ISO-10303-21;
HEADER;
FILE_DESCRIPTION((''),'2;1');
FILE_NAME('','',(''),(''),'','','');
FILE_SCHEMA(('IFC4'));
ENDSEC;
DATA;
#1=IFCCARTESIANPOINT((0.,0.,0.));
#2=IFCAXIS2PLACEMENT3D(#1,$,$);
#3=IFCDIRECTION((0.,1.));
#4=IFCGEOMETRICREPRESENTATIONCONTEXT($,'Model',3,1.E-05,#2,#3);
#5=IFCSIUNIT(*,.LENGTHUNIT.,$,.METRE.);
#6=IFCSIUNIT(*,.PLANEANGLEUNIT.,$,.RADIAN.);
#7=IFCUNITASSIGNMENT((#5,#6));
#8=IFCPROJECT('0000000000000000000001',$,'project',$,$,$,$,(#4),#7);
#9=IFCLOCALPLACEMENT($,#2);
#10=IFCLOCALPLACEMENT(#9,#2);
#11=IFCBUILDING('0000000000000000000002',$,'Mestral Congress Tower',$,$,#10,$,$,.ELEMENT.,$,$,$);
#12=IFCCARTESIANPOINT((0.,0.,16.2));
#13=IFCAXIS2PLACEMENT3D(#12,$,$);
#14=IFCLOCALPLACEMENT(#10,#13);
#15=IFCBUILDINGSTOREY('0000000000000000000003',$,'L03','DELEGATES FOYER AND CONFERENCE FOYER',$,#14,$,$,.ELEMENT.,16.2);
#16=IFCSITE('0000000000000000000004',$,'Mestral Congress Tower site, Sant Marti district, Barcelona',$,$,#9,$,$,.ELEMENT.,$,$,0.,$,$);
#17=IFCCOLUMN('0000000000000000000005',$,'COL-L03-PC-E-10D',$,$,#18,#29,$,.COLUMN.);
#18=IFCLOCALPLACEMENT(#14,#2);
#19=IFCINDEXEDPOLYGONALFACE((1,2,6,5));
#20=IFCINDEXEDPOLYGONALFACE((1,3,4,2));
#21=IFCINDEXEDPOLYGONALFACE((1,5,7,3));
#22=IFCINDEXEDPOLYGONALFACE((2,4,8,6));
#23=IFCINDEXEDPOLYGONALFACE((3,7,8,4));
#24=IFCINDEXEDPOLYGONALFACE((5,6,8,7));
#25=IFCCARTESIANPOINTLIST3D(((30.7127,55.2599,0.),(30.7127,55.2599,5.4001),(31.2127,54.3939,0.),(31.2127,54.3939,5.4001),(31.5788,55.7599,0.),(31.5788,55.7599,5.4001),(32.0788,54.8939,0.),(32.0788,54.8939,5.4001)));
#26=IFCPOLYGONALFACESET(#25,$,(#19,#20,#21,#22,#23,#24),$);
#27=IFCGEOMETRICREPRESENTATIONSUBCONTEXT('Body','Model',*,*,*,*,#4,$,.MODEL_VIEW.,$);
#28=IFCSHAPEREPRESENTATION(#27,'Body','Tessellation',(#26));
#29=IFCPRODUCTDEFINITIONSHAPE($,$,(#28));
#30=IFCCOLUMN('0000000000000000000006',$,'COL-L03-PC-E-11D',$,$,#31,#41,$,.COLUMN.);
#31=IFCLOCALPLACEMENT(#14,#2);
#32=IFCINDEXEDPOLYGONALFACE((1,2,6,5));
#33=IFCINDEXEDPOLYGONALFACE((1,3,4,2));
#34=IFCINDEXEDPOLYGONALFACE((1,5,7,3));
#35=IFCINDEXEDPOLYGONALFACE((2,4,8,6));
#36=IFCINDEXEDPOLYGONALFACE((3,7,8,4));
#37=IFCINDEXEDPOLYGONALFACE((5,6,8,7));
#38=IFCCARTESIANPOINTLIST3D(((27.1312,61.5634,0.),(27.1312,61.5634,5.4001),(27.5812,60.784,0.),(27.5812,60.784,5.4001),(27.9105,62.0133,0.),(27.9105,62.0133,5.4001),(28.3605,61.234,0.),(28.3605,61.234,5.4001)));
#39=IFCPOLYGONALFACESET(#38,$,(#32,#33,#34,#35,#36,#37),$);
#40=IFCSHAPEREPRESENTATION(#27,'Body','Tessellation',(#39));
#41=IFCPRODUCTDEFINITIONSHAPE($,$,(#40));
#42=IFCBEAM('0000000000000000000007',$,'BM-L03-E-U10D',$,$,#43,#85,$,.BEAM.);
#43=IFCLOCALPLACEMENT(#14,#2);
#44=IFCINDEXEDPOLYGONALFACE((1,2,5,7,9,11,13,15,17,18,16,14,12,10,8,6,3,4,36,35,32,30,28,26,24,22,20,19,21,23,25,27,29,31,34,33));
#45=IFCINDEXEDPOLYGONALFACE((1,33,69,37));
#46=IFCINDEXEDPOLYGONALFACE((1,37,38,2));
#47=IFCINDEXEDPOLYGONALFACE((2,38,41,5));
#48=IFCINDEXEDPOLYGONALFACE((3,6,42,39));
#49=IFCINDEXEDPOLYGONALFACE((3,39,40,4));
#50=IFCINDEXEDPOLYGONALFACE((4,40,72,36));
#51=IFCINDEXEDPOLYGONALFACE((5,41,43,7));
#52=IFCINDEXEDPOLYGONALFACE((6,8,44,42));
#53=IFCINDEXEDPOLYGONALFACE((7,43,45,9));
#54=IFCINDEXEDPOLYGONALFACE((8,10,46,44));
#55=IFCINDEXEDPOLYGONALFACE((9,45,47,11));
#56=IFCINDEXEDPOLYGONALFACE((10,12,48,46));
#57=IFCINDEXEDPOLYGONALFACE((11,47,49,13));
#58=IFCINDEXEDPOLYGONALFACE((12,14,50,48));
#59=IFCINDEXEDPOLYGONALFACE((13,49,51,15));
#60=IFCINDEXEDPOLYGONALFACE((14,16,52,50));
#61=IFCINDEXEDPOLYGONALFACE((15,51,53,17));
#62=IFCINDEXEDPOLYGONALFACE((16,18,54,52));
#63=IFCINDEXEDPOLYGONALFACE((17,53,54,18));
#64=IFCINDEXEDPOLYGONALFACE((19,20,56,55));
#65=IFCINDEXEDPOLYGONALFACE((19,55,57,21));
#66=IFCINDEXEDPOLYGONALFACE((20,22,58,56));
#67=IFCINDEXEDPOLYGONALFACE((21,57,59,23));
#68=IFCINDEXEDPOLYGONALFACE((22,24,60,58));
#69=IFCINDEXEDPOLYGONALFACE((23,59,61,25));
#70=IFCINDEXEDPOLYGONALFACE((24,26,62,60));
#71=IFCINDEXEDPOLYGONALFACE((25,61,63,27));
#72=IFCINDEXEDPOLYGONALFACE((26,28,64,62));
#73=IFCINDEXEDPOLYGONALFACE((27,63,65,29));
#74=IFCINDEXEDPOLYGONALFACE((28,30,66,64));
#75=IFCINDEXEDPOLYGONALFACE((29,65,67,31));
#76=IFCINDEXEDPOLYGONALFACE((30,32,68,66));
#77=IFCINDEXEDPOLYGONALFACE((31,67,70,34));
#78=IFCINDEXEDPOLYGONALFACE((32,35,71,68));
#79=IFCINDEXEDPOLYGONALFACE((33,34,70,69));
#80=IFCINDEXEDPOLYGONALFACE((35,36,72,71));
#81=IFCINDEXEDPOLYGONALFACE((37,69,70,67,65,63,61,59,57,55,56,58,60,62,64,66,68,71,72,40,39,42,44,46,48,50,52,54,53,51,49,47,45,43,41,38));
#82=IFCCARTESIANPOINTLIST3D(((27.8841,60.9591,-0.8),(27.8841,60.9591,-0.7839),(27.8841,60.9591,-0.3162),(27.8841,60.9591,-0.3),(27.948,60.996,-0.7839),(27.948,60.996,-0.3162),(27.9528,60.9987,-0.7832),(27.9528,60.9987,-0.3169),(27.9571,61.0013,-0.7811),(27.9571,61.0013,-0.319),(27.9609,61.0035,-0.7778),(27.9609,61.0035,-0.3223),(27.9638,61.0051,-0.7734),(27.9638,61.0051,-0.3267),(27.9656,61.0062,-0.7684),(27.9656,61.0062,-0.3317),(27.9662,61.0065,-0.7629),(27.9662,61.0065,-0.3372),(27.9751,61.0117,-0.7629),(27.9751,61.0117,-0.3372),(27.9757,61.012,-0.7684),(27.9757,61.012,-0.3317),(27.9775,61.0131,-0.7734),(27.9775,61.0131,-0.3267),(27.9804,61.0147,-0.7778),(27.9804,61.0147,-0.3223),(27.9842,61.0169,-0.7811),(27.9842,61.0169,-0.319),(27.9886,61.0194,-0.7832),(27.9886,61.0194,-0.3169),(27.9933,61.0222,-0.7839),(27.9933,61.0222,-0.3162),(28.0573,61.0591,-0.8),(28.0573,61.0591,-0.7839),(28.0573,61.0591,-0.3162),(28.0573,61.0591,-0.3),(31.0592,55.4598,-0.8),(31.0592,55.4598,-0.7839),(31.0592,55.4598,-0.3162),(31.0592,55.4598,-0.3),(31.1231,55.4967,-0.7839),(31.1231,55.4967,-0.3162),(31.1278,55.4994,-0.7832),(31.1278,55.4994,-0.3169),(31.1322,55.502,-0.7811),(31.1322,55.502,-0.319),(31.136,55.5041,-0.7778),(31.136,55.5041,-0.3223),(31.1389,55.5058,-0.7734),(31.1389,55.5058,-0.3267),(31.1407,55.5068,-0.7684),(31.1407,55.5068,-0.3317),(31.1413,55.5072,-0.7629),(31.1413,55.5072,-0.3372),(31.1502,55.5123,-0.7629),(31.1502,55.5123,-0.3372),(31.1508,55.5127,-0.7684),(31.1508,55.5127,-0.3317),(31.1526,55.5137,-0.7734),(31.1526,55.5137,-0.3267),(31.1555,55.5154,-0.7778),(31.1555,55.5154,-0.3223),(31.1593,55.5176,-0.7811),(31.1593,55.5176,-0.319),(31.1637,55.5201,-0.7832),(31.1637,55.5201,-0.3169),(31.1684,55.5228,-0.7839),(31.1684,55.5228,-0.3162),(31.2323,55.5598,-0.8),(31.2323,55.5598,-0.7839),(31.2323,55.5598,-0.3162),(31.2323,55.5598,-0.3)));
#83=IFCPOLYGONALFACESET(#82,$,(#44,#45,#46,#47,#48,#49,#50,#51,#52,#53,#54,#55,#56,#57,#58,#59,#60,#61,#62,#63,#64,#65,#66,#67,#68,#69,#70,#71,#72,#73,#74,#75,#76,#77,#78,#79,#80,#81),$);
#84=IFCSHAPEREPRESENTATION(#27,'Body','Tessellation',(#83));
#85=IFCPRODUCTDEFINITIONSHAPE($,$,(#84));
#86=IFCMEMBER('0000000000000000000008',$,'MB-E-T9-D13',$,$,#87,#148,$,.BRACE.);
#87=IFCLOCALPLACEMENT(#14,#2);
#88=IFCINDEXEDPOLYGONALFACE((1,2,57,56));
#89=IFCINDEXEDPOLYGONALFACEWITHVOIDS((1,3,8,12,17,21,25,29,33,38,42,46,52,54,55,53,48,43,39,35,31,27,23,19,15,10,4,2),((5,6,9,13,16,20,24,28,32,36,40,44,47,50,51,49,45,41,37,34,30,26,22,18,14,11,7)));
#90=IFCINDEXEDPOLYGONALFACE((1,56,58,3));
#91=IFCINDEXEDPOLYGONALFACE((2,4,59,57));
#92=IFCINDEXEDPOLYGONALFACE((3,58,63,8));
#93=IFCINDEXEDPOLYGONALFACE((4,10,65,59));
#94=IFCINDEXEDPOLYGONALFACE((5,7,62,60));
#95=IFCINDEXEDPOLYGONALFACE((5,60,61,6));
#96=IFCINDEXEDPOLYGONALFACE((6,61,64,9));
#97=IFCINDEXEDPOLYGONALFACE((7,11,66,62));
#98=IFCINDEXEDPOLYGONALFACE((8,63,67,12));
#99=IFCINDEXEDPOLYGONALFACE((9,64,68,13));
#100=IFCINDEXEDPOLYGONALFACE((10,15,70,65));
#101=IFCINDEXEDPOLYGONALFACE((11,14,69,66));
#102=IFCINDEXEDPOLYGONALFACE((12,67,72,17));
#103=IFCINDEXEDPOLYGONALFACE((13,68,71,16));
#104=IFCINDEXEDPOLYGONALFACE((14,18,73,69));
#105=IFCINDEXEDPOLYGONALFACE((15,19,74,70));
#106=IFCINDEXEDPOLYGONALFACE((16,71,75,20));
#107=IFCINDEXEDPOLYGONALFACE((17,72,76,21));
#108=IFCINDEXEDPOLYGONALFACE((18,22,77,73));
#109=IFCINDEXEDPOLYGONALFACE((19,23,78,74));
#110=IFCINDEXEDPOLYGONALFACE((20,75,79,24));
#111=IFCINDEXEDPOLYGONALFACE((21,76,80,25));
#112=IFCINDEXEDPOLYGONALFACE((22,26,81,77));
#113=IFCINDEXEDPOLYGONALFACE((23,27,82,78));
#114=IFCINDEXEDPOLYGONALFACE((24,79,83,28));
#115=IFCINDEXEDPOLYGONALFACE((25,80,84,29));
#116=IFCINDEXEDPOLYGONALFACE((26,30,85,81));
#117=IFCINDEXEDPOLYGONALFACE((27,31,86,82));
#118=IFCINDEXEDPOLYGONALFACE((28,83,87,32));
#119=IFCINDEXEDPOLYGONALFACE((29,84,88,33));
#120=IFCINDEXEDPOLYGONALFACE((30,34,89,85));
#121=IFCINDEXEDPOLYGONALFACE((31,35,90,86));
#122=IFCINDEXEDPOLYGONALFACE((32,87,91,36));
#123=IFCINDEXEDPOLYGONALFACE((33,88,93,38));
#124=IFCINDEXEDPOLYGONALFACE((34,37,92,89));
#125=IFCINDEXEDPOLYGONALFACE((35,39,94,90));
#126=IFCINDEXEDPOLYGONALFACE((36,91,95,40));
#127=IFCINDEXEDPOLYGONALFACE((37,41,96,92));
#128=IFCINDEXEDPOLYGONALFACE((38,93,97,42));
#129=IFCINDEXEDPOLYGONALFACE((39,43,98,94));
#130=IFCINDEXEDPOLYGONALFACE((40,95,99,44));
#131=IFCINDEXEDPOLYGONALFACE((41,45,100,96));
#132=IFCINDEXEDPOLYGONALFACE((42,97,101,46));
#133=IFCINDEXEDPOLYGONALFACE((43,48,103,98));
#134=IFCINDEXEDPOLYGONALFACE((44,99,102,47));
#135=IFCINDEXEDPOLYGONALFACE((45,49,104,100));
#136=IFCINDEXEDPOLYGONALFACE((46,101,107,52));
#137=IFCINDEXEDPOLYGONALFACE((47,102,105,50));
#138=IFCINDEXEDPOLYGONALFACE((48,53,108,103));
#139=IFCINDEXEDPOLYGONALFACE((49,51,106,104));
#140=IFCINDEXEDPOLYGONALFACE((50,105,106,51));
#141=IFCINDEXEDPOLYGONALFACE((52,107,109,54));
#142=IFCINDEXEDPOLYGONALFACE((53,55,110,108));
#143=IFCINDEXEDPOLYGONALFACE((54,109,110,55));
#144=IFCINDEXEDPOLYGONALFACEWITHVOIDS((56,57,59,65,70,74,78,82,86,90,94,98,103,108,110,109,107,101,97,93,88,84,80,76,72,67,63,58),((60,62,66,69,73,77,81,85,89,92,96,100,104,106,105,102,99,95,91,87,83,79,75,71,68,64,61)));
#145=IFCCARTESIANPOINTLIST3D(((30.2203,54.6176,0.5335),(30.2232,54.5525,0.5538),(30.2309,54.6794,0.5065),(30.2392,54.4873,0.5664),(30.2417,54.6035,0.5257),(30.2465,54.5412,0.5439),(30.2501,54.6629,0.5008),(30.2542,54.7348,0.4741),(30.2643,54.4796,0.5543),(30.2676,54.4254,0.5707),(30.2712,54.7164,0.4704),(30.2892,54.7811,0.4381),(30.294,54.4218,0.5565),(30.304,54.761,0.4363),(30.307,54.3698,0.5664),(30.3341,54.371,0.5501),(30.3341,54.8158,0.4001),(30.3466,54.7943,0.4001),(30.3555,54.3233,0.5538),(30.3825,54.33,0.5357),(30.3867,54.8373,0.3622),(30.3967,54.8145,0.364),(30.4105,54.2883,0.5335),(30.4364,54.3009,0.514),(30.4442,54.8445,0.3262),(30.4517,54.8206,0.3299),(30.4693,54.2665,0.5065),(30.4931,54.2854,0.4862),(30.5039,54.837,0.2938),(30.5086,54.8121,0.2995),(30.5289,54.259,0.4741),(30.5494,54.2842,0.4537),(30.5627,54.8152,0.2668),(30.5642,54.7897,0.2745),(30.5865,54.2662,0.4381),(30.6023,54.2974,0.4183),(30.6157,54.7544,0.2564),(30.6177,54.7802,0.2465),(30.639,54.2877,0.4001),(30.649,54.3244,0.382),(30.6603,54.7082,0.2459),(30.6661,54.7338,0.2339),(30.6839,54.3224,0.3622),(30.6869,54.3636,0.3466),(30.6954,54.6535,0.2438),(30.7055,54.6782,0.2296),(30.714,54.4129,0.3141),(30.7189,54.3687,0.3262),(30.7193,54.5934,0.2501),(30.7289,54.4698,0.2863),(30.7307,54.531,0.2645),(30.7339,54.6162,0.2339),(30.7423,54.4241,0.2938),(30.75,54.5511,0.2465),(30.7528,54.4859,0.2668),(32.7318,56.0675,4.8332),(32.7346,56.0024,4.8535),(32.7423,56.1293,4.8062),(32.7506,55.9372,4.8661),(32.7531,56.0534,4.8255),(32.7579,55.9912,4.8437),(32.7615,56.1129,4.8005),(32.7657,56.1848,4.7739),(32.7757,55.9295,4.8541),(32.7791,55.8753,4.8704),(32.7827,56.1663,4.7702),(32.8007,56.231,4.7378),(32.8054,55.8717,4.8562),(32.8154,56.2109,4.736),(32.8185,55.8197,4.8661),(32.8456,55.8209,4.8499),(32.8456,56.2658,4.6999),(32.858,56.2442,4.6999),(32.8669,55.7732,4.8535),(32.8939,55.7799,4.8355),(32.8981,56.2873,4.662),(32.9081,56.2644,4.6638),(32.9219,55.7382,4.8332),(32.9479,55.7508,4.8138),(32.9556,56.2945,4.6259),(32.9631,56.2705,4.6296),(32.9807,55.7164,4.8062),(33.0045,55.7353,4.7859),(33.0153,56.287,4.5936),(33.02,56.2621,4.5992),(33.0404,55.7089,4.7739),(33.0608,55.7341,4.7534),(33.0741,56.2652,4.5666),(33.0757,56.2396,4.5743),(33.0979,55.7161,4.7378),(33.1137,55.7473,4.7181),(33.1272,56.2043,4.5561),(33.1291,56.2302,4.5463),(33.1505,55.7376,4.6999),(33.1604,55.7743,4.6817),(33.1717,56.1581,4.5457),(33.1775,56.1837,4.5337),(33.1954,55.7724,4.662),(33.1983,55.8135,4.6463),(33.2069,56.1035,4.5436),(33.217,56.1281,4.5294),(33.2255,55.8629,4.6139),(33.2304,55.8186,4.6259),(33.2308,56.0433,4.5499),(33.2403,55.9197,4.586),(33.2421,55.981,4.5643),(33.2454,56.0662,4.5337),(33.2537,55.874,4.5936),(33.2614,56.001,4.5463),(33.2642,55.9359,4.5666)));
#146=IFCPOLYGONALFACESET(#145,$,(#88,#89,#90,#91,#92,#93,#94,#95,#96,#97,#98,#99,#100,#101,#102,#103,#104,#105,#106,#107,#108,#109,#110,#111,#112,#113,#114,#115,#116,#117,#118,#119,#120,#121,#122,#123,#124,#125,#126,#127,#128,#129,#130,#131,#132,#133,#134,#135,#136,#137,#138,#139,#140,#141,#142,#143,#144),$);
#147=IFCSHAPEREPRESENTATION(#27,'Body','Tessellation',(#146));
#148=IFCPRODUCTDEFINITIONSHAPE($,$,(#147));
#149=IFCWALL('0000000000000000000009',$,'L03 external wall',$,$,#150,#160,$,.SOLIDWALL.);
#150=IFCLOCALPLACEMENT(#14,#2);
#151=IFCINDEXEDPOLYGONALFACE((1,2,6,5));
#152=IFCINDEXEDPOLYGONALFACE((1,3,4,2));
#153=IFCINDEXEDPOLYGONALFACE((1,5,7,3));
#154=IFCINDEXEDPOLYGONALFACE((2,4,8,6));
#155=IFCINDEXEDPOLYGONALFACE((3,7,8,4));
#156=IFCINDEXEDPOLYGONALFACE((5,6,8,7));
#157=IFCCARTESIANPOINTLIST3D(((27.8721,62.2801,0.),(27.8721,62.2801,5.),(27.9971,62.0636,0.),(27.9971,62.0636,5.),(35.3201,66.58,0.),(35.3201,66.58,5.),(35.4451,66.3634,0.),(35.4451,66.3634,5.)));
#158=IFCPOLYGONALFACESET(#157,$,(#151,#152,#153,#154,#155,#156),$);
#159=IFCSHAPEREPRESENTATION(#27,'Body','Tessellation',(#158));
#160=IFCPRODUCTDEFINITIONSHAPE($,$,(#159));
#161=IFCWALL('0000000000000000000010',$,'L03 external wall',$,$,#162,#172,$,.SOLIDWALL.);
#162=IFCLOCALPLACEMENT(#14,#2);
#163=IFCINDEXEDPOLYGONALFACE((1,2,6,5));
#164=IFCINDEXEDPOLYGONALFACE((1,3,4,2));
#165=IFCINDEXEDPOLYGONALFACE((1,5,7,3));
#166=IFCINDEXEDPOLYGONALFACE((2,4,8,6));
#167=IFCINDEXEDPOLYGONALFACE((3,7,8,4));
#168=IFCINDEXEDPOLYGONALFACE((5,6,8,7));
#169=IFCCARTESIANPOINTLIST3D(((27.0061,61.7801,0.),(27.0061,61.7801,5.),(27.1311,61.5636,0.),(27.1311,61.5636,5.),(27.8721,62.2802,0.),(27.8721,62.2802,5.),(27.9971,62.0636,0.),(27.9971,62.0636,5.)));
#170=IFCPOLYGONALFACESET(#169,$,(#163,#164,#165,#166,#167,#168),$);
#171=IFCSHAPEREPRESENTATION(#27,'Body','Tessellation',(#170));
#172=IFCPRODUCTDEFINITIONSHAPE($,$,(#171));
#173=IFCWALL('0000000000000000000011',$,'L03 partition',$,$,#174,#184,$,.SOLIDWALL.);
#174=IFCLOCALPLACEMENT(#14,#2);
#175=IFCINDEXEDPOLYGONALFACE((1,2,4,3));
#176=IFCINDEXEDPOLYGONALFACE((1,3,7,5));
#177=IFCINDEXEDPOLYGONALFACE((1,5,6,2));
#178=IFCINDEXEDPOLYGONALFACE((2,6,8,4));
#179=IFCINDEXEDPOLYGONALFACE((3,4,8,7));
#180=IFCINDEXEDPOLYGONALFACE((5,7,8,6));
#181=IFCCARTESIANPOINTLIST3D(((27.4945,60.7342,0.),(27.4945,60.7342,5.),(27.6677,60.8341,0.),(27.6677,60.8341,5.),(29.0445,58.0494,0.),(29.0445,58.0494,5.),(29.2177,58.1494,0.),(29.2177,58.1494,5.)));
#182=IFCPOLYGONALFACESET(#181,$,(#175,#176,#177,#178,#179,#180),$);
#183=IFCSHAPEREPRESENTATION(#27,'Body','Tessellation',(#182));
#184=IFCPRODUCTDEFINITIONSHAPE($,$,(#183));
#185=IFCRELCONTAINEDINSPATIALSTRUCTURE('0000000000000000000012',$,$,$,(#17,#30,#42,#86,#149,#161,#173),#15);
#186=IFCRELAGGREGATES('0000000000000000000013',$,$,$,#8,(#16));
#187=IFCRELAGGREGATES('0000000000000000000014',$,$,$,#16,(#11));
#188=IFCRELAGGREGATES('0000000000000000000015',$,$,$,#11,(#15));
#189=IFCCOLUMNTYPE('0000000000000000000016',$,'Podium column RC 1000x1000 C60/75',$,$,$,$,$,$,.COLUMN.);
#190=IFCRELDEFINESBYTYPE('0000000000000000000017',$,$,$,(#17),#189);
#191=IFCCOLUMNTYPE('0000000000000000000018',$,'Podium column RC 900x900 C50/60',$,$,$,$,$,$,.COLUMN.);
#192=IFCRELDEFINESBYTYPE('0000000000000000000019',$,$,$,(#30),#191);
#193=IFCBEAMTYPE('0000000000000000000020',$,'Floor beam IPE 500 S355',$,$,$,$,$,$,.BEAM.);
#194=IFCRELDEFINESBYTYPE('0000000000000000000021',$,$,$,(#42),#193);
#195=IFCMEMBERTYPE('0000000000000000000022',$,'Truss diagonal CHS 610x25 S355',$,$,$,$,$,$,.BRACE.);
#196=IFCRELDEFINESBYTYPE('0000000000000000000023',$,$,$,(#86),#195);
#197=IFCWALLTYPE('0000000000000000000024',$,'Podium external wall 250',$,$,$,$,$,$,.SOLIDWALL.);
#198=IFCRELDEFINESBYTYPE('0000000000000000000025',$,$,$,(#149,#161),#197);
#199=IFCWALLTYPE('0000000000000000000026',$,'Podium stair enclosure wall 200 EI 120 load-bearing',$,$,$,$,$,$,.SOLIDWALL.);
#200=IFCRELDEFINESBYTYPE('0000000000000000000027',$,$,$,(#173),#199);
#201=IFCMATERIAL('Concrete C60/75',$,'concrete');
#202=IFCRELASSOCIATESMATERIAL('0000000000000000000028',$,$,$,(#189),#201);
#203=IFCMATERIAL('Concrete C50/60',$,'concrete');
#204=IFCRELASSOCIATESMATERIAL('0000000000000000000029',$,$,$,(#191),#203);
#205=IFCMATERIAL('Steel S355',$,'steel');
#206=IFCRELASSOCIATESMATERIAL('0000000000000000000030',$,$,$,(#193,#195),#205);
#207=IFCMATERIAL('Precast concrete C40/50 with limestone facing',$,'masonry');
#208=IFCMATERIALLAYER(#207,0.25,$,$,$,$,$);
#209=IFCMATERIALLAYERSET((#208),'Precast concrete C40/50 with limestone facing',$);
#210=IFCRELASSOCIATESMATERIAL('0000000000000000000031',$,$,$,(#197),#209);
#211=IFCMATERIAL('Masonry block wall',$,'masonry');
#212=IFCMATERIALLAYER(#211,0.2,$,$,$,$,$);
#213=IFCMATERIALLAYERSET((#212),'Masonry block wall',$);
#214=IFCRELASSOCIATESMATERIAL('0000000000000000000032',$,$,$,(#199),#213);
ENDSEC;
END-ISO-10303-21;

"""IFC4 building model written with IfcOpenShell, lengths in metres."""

from ifc_helpers import new_model, si_unit, direction, frame, frame_2d, origin, origin_2d, place, context, subcontext, project, spatial, rectangle, hollow_circle, i_section, extrude, material, layer, layer_set, material_profile, profile_set, type_object, element, save


model = new_model("IFC4")

# Units and contexts
model_context = context("Model", 3, precision=1e-05, world=origin(), true_north=direction((0.0, 1.0)))
body_context = subcontext(model_context, "Body", "Model", "MODEL_VIEW")
ifc_project = project(units=[si_unit("LENGTHUNIT", "METRE"), si_unit("PLANEANGLEUNIT", "RADIAN")], contexts=[model_context])

# Site, building, storey
site_placement = place(None, origin())
site = spatial("IfcSite", under=ifc_project, at=site_placement, Name="Mestral Congress Tower site, Sant Marti district, Barcelona", CompositionType="ELEMENT", RefElevation=0.0)
building_placement = place(site_placement, origin())
building = spatial("IfcBuilding", under=site, at=building_placement, Name="Mestral Congress Tower", CompositionType="ELEMENT")
storey_placement = place(building_placement, frame((0.0, 0.0, 16.2)))
storey = spatial("IfcBuildingStorey", under=building, at=storey_placement, Name="L03", Description="DELEGATES FOYER AND CONFERENCE FOYER", CompositionType="ELEMENT", Elevation=16.2)

# Columns
ifc_material_1 = material(Name="Concrete C60/75", Category="concrete")
ifc_material_profile_1 = material_profile(ifc_material_1, rectangle(XDim=1.0, YDim=1.0, at=origin_2d()), Name="RC 1000x1000")
ifc_profile_set_1 = profile_set([ifc_material_profile_1], Name="Concrete C60/75")
column_type_1 = type_object("IfcColumnType", Name="Podium column RC 1000x1000 C60/75", PredefinedType="COLUMN", material=ifc_profile_set_1)
column_1_placement = place(storey_placement, frame((31.3958, 55.0769, 0.0), z_axis=(0.0, 0.0, 1.0), x_axis=(-0.5, 0.866025, 0.0)))
element("IfcColumn", 1, at=column_1_placement, inside=storey, type_object=column_type_1, Name="COL-L03-PC-E-10D", PredefinedType="COLUMN", context=body_context, shape_type="SweptSolid", body=[
    extrude(rectangle(XDim=1.0, YDim=1.0, at=origin_2d()), origin(), (0.0, 0.0, 1.0), 5.4001),
])
ifc_material_2 = material(Name="Concrete C50/60", Category="concrete")
ifc_material_profile_2 = material_profile(ifc_material_2, rectangle(XDim=0.8999, YDim=0.8999, at=origin_2d()), Name="RC 900x900")
ifc_profile_set_2 = profile_set([ifc_material_profile_2], Name="Concrete C50/60")
column_type_2 = type_object("IfcColumnType", Name="Podium column RC 900x900 C50/60", PredefinedType="COLUMN", material=ifc_profile_set_2)
column_2_placement = place(storey_placement, frame((27.7458, 61.3987, 0.0), z_axis=(0.0, 0.0, 1.0), x_axis=(-0.5, 0.866025, 0.0)))
element("IfcColumn", 2, at=column_2_placement, inside=storey, type_object=column_type_2, Name="COL-L03-PC-E-11D", PredefinedType="COLUMN", context=body_context, shape_type="SweptSolid", body=[
    extrude(rectangle(XDim=0.8999, YDim=0.8999, at=origin_2d()), origin(), (0.0, 0.0, 1.0), 5.4001),
])

# Beam
ifc_material_3 = material(Name="Steel S355", Category="steel")
ifc_material_profile_3 = material_profile(ifc_material_3, i_section(OverallWidth=0.2, OverallDepth=0.5, WebThickness=0.0103, FlangeThickness=0.0161, FilletRadius=0.021, at=origin_2d()), Name="IPE 500")
ifc_profile_set_3 = profile_set([ifc_material_profile_3], Name="Steel S355")
beam_type = type_object("IfcBeamType", Name="Floor beam IPE 500 S355", PredefinedType="BEAM", material=ifc_profile_set_3)
beam_placement = place(storey_placement, frame((31.1458, 55.5098, -0.55), z_axis=(-0.500005, 0.866022, 0.0), x_axis=(-0.866022, -0.500005, 0.0)))
element("IfcBeam", 3, at=beam_placement, inside=storey, type_object=beam_type, Name="BM-L03-E-U10D", PredefinedType="BEAM", context=body_context, shape_type="SweptSolid", body=[
    extrude(i_section(OverallWidth=0.2, OverallDepth=0.5, WebThickness=0.0103, FlangeThickness=0.0161, FilletRadius=0.021, at=origin_2d()), origin(), (0.0, 0.0, 1.0), 6.3501),
])

# Member
ifc_material_profile_4 = material_profile(ifc_material_3, hollow_circle(Radius=0.3049, WallThickness=0.0249, at=origin_2d()), Name="CHS 610x25")
ifc_profile_set_4 = profile_set([ifc_material_profile_4], Name="Steel S355")
member_type = type_object("IfcMemberType", Name="Truss diagonal CHS 610x25 S355", PredefinedType="BRACE", material=ifc_profile_set_4)
member_placement = place(storey_placement, frame((30.4866, 54.5518, 0.4001), z_axis=(0.484247, 0.279571, 0.829062), x_axis=(-0.499987, 0.866033, 0.0)))
element("IfcMember", 4, at=member_placement, inside=storey, type_object=member_type, Name="MB-E-T9-D13", PredefinedType="BRACE", context=body_context, shape_type="SweptSolid", body=[
    extrude(hollow_circle(Radius=0.3049, WallThickness=0.0249, at=origin_2d()), origin(), (0.0, 0.0, 1.0), 5.1863),
])

# Walls
ifc_material_4 = material(Name="Precast concrete C40/50 with limestone facing", Category="masonry")
ifc_layer_1 = layer(ifc_material_4, 0.25)
ifc_layer_set_1 = layer_set([ifc_layer_1], Name="Precast concrete C40/50 with limestone facing")
wall_type_1 = type_object("IfcWallType", Name="Podium external wall 250", PredefinedType="SOLIDWALL", material=ifc_layer_set_1)
wall_1_placement = place(storey_placement, frame((27.9346, 62.1719, 0.0), z_axis=(0.0, 0.0, 1.0), x_axis=(0.86604, 0.499974, 0.0)))
element("IfcWall", 5, at=wall_1_placement, inside=storey, type_object=wall_type_1, Name="L03 external wall", PredefinedType="SOLIDWALL", context=body_context, shape_type="SweptSolid", body=[
    extrude(rectangle(XDim=8.6001, YDim=0.25, at=frame_2d((4.3, 0.0))), origin(), (0.0, 0.0, 1.0), 5.0),
])
wall_2_placement = place(storey_placement, frame((27.0686, 61.6719, 0.0), z_axis=(0.0, 0.0, 1.0), x_axis=(0.866011, 0.500025, 0.0)))
element("IfcWall", 6, at=wall_2_placement, inside=storey, type_object=wall_type_1, Name="L03 external wall", PredefinedType="SOLIDWALL", context=body_context, shape_type="SweptSolid", body=[
    extrude(rectangle(XDim=1.0, YDim=0.25, at=frame_2d((0.5, 0.0))), origin(), (0.0, 0.0, 1.0), 5.0),
])
ifc_material_5 = material(Name="Masonry block wall", Category="masonry")
ifc_layer_2 = layer(ifc_material_5, 0.2)
ifc_layer_set_2 = layer_set([ifc_layer_2], Name="Masonry block wall")
wall_type_2 = type_object("IfcWallType", Name="Podium stair enclosure wall 200 EI 120 load-bearing", PredefinedType="SOLIDWALL", material=ifc_layer_set_2)
wall_3_placement = place(storey_placement, frame((29.1311, 58.0994, 0.0), z_axis=(0.0, 0.0, 1.0), x_axis=(-0.499993, 0.86603, 0.0)))
element("IfcWall", 7, at=wall_3_placement, inside=storey, type_object=wall_type_2, Name="L03 partition", PredefinedType="SOLIDWALL", context=body_context, shape_type="SweptSolid", body=[
    extrude(rectangle(XDim=3.1001, YDim=0.2, at=frame_2d((1.55, 0.0))), origin(), (0.0, 0.0, 1.0), 5.0),
])

save(model, "model.ifc")
